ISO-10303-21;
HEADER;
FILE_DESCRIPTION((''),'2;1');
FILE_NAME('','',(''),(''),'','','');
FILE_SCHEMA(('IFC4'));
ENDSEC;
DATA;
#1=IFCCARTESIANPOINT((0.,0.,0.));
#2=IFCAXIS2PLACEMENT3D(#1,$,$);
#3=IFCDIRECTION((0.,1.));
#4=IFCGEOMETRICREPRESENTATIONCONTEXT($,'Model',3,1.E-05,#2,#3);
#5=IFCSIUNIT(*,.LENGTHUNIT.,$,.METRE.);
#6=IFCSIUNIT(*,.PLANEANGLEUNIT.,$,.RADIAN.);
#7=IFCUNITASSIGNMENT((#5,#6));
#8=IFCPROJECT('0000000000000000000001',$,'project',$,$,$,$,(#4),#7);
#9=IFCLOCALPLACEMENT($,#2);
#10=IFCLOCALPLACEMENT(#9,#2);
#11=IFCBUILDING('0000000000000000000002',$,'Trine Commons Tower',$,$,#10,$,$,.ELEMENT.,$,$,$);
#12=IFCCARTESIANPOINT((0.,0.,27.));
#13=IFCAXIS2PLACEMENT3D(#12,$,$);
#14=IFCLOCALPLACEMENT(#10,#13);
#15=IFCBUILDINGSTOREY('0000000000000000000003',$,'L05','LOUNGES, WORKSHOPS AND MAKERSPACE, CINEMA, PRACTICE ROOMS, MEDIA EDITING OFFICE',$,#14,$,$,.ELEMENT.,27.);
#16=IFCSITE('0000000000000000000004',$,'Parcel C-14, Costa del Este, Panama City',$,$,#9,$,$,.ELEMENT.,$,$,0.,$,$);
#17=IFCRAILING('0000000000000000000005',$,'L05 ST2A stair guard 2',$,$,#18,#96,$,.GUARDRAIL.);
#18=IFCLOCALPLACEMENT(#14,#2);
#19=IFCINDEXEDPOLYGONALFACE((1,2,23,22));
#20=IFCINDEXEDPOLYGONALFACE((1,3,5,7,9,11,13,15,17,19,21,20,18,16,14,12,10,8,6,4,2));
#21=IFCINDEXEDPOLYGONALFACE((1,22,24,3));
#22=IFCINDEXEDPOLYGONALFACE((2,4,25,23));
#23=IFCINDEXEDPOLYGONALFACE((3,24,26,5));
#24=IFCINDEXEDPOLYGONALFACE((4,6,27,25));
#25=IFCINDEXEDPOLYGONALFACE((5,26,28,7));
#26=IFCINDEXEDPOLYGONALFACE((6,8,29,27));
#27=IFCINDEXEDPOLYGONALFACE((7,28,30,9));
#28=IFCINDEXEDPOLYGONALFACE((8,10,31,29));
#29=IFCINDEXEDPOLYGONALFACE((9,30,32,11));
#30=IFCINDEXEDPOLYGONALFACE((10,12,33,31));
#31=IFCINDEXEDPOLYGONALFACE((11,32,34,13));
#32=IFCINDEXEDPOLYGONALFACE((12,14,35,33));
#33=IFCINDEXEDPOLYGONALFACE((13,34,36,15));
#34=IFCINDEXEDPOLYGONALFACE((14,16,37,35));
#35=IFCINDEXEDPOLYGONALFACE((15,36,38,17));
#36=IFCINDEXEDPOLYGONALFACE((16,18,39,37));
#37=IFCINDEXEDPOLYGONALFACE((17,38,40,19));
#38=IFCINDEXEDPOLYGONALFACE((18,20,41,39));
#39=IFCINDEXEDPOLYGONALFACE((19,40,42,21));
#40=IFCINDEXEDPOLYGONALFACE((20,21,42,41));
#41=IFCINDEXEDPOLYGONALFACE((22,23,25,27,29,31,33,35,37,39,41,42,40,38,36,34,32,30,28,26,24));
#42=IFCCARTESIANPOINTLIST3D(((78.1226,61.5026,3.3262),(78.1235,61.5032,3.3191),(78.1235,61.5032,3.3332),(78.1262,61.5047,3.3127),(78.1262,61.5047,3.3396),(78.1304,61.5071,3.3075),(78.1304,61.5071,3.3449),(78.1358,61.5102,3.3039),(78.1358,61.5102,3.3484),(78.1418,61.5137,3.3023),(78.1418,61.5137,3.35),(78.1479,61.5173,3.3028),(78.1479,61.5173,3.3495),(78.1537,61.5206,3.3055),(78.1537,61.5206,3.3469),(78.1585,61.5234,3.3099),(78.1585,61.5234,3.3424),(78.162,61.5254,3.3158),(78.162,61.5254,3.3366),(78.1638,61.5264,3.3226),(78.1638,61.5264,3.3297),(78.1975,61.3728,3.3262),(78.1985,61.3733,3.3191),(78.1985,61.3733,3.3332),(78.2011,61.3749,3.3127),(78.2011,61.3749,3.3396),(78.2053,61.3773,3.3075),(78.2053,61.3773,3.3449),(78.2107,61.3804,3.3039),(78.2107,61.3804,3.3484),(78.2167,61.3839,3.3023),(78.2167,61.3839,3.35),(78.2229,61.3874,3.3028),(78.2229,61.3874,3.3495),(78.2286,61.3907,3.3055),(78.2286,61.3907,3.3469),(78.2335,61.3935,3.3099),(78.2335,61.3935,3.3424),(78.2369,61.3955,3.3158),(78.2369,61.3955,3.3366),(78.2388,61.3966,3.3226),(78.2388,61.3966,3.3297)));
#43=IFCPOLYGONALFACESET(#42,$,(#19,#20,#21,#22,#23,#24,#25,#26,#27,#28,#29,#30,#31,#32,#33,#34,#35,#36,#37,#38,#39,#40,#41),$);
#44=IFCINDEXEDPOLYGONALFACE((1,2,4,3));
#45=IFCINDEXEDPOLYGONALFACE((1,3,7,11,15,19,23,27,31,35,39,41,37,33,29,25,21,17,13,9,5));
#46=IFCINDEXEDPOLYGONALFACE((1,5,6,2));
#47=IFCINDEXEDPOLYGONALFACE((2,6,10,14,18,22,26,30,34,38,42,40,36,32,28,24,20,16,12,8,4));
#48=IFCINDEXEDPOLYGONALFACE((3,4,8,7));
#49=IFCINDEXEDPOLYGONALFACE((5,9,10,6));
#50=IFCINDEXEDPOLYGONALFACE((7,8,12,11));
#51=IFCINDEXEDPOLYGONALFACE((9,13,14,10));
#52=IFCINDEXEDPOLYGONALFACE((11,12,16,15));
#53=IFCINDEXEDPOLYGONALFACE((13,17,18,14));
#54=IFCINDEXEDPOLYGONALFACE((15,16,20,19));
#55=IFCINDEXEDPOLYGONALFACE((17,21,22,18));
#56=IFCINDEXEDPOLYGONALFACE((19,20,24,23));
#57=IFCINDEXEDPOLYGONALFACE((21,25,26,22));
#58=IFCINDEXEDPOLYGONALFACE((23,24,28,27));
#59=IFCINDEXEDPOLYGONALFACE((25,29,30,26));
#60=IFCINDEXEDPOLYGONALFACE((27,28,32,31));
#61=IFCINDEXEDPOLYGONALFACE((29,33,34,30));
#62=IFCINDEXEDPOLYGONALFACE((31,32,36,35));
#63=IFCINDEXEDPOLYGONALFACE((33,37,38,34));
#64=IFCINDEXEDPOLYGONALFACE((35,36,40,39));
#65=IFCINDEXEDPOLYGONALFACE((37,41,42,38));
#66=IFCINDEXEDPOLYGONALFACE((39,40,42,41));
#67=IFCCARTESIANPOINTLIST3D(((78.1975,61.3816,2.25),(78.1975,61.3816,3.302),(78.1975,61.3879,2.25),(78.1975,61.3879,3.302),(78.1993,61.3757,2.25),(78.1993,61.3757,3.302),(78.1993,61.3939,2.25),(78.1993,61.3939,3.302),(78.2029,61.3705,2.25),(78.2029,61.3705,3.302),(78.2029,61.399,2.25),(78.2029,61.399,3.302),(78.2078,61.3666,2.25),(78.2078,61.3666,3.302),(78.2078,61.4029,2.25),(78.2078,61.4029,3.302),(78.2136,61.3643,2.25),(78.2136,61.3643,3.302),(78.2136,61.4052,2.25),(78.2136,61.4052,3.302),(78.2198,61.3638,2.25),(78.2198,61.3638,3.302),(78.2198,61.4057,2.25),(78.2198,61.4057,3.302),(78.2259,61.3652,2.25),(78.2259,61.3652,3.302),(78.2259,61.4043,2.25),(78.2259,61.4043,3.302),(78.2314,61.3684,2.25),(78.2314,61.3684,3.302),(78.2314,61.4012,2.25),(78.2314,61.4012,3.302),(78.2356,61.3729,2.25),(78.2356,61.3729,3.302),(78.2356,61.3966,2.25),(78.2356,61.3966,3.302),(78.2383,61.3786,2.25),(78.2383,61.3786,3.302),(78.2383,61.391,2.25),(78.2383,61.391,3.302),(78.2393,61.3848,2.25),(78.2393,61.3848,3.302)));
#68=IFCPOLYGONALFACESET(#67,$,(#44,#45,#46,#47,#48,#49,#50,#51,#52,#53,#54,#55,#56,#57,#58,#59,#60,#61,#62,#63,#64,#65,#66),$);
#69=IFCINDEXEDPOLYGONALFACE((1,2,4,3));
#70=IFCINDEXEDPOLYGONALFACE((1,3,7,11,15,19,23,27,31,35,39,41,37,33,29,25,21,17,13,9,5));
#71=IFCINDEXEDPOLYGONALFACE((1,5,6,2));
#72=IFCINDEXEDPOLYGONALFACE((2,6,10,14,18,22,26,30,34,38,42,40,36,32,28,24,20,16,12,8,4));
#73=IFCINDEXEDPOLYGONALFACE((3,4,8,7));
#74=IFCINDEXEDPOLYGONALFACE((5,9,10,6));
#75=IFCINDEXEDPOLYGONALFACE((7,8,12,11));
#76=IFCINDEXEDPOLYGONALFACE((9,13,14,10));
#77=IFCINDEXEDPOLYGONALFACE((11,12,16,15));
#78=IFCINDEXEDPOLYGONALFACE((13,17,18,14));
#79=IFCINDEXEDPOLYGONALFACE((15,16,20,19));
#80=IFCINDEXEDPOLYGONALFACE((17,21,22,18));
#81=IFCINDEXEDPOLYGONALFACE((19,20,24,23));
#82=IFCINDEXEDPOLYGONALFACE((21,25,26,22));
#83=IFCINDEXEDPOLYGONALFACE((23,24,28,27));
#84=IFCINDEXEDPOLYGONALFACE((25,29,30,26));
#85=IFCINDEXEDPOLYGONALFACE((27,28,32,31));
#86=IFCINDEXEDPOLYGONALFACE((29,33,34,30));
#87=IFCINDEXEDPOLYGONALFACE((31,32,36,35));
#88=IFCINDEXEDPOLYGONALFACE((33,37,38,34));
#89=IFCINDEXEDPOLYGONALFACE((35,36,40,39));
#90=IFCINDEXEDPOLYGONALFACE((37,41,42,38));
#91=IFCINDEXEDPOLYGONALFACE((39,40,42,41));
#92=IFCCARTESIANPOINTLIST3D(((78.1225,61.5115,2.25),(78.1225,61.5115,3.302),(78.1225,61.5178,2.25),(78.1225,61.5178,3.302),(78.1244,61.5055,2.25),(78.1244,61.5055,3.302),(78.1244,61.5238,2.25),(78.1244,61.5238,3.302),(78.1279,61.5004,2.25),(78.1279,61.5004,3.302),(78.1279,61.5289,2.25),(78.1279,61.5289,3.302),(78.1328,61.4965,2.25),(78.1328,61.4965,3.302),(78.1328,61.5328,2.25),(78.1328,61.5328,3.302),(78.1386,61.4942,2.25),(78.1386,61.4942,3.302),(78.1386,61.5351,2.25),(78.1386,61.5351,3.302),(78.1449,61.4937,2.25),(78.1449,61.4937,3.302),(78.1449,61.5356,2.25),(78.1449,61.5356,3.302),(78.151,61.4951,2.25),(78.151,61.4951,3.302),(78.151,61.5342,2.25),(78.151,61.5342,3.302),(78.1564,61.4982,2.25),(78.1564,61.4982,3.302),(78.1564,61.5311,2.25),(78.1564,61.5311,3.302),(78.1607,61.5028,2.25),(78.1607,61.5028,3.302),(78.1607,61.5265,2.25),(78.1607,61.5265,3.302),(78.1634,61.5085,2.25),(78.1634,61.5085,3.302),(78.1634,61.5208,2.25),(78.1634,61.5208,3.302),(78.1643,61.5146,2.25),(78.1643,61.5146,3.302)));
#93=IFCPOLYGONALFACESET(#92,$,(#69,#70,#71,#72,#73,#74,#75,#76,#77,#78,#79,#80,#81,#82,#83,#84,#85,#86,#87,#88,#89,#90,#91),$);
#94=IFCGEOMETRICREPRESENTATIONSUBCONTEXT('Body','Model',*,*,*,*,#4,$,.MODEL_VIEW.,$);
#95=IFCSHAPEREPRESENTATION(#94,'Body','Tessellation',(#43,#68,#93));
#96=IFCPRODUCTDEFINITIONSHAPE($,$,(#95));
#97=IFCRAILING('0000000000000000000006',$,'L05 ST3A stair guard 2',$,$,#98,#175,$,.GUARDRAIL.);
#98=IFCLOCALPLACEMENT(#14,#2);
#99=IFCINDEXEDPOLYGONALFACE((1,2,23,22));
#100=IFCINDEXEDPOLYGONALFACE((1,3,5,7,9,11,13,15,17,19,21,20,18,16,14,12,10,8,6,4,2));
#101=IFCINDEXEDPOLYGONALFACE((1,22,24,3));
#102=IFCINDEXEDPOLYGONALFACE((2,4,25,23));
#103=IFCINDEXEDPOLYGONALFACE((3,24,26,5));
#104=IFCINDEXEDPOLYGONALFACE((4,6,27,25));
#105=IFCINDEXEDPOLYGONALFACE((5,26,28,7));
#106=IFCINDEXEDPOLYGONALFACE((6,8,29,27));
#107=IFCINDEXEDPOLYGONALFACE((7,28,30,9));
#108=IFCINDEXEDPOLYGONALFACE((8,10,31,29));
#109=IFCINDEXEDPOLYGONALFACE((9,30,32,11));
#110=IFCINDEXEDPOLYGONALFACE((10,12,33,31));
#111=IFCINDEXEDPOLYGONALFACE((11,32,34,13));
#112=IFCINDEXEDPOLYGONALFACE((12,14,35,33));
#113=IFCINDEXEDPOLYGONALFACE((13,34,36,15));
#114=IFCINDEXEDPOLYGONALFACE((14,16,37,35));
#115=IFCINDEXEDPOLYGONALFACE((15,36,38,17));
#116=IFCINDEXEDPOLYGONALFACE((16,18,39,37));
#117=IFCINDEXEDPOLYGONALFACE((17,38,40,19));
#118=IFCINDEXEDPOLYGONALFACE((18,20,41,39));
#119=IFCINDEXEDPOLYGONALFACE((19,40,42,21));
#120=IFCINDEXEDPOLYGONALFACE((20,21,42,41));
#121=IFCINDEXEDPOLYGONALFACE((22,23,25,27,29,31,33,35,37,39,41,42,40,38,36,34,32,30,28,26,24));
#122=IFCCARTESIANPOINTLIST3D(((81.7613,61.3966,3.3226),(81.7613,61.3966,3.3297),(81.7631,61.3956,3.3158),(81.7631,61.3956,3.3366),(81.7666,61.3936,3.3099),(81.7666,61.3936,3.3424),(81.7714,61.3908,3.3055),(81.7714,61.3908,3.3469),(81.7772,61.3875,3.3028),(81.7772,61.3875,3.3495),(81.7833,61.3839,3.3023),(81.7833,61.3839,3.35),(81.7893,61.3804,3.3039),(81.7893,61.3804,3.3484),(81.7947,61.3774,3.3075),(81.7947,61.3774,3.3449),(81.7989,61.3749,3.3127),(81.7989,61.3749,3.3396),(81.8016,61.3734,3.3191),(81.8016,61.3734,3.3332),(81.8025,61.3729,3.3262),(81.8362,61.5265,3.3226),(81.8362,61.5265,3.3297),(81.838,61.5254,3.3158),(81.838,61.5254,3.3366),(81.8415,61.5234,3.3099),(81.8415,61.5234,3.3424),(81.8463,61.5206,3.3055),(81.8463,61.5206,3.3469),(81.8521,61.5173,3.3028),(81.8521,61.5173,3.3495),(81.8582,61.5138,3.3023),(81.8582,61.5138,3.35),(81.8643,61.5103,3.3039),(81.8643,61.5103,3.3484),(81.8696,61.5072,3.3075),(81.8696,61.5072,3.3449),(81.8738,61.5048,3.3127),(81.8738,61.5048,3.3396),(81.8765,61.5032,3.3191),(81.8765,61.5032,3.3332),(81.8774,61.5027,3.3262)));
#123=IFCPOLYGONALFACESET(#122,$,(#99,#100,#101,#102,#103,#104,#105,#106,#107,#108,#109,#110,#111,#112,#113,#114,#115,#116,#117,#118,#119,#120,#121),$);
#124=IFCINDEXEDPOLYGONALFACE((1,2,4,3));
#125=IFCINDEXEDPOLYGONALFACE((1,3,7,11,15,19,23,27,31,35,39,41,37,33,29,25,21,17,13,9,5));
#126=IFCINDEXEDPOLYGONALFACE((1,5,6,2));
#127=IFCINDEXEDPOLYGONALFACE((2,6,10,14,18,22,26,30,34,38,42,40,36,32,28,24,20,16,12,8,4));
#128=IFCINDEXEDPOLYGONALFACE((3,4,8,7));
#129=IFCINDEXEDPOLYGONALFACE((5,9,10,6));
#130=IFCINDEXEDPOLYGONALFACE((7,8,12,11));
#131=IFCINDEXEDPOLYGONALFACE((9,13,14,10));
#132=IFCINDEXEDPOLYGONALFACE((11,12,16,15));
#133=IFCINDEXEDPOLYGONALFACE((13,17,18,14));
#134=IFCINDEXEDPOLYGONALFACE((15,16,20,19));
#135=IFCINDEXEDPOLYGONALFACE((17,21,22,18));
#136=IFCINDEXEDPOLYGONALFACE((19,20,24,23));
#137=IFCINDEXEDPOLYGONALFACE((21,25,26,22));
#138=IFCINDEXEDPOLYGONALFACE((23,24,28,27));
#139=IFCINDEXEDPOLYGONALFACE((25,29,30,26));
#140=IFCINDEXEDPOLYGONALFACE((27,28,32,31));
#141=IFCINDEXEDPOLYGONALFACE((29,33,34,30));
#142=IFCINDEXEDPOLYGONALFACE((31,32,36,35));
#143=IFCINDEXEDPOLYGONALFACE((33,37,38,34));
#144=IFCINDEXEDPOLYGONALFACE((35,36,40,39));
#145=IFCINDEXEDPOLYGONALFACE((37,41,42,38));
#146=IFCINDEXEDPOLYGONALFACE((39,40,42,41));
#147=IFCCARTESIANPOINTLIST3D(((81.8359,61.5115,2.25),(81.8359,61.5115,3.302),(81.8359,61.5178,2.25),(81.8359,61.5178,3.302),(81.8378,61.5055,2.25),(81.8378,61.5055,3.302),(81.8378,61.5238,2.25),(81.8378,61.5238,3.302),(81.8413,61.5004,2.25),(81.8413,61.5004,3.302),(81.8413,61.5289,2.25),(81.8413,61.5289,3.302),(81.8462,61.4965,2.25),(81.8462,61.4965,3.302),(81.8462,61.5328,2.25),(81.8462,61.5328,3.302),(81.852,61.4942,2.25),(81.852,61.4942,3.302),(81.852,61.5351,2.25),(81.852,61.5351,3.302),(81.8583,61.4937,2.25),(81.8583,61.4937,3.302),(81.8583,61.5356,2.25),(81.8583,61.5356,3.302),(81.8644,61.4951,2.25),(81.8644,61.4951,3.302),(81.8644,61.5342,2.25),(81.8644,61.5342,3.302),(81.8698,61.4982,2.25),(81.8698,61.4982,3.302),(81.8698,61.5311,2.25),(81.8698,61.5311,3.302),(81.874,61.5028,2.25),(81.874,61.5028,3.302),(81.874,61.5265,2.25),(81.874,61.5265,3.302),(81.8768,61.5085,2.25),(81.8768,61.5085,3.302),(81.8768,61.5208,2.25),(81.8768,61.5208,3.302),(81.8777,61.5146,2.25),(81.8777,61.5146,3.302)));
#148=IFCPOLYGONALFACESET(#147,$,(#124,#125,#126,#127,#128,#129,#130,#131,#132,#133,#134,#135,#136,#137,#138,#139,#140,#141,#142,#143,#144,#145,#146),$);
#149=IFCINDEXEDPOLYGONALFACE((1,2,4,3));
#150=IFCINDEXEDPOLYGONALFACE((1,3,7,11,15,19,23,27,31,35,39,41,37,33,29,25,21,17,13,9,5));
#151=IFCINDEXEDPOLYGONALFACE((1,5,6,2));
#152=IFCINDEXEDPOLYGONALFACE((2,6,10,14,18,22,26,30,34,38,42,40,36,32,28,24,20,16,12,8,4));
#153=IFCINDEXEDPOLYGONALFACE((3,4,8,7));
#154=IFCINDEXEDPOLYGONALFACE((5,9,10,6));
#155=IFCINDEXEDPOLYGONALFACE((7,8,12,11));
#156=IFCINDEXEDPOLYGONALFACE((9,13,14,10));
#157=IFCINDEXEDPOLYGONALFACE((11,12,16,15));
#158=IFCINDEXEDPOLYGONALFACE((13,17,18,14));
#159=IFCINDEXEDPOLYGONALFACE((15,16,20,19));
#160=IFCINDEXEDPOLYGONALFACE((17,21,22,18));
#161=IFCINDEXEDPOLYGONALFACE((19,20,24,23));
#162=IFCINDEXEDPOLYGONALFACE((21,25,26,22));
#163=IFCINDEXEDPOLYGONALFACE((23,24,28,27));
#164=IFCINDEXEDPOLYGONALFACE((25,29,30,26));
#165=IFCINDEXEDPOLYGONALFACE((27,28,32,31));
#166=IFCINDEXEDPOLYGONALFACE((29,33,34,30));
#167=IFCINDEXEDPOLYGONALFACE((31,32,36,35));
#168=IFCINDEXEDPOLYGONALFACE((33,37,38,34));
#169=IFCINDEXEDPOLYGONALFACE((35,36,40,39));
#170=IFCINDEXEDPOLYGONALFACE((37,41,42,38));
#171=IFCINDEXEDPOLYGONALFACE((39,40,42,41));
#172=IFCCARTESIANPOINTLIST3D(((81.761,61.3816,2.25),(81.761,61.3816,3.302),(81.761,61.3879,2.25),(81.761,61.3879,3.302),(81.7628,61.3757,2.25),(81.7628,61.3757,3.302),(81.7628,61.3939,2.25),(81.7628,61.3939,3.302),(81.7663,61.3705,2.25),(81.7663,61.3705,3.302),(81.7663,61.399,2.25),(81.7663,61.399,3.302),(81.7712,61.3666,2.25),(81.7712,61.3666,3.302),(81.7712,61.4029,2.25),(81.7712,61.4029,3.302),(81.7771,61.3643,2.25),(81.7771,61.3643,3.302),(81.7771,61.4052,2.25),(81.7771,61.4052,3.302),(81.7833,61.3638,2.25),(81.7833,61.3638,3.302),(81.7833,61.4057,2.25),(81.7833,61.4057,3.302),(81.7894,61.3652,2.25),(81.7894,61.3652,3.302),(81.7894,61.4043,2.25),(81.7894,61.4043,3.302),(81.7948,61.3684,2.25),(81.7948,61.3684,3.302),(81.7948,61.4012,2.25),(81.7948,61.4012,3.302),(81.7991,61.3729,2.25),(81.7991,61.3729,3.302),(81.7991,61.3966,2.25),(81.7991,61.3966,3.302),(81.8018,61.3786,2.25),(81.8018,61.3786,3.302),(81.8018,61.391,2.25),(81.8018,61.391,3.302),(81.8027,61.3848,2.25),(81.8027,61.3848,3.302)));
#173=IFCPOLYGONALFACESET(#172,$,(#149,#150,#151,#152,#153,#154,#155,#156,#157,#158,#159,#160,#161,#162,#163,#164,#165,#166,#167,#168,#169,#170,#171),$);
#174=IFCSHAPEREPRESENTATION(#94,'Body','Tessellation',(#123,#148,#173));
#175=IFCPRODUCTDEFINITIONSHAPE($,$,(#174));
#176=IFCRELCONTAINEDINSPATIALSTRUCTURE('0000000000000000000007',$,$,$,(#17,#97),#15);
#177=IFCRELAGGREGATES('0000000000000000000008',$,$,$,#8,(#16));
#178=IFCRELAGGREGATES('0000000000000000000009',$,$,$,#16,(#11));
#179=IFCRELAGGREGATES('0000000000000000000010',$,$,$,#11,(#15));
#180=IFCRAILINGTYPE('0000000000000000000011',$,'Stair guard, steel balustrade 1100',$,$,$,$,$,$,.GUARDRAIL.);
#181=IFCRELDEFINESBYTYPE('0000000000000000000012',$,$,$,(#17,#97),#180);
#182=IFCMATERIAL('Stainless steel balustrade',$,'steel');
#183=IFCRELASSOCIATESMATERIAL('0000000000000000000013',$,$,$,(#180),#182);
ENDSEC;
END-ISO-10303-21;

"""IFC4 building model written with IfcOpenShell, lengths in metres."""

from ifc_helpers import new_model, si_unit, direction, frame, origin, origin_2d, place, context, subcontext, project, spatial, circle, extrude, material, type_object, element, save


model = new_model("IFC4")

# Units and contexts
model_context = context("Model", 3, precision=1e-05, world=origin(), true_north=direction((0.0, 1.0)))
body_context = subcontext(model_context, "Body", "Model", "MODEL_VIEW")
ifc_project = project(units=[si_unit("LENGTHUNIT", "METRE"), si_unit("PLANEANGLEUNIT", "RADIAN")], contexts=[model_context])

# Site, building, storey
site_placement = place(None, origin())
site = spatial("IfcSite", under=ifc_project, at=site_placement, Name="Parcel C-14, Costa del Este, Panama City", CompositionType="ELEMENT", RefElevation=0.0)
building_placement = place(site_placement, origin())
building = spatial("IfcBuilding", under=site, at=building_placement, Name="Trine Commons Tower", CompositionType="ELEMENT")
storey_placement = place(building_placement, frame((0.0, 0.0, 27.0)))
storey = spatial("IfcBuildingStorey", under=building, at=storey_placement, Name="L05", Description="LOUNGES, WORKSHOPS AND MAKERSPACE, CINEMA, PRACTICE ROOMS, MEDIA EDITING OFFICE", CompositionType="ELEMENT", Elevation=27.0)

# Railings
ifc_material_1 = material(Name="Stainless steel balustrade", Category="steel")
railing_type_1 = type_object("IfcRailingType", Name="Stair guard, steel balustrade 1100", PredefinedType="GUARDRAIL", material=ifc_material_1)
railing_1_placement = place(storey_placement, frame((78.2183, 61.3848, 2.25)))
element("IfcRailing", 1, at=railing_1_placement, inside=storey, type_object=railing_type_1, Name="L05 ST2A stair guard 2", PredefinedType="GUARDRAIL", context=body_context, shape_type="SweptSolid", body=[
    extrude(circle(Radius=0.0239, at=origin_2d()), frame((0.0, 0.0, 1.0762), z_axis=(-0.499816, 0.866131, 0.0), x_axis=(-0.866131, -0.499816, 0.0)), (0.0, 0.0, 1.0), 0.1499),
    extrude(circle(Radius=0.021, at=origin_2d()), origin(), (0.0, 0.0, 1.0), 1.052),
    extrude(circle(Radius=0.021, at=origin_2d()), frame((-0.075, 0.1299, 0.0)), (0.0, 0.0, 1.0), 1.052),
])
railing_2_placement = place(storey_placement, frame((81.8567, 61.5146, 2.25)))
element("IfcRailing", 2, at=railing_2_placement, inside=storey, type_object=railing_type_1, Name="L05 ST3A stair guard 2", PredefinedType="GUARDRAIL", context=body_context, shape_type="SweptSolid", body=[
    extrude(circle(Radius=0.0239, at=origin_2d()), frame((0.0, 0.0, 1.0762), z_axis=(-0.499816, -0.866131, 0.0), x_axis=(0.866131, -0.499816, 0.0)), (0.0, 0.0, 1.0), 0.1499),
    extrude(circle(Radius=0.021, at=origin_2d()), origin(), (0.0, 0.0, 1.0), 1.052),
    extrude(circle(Radius=0.021, at=origin_2d()), frame((-0.075, -0.1299, 0.0)), (0.0, 0.0, 1.0), 1.052),
])

save(model, "model.ifc")
